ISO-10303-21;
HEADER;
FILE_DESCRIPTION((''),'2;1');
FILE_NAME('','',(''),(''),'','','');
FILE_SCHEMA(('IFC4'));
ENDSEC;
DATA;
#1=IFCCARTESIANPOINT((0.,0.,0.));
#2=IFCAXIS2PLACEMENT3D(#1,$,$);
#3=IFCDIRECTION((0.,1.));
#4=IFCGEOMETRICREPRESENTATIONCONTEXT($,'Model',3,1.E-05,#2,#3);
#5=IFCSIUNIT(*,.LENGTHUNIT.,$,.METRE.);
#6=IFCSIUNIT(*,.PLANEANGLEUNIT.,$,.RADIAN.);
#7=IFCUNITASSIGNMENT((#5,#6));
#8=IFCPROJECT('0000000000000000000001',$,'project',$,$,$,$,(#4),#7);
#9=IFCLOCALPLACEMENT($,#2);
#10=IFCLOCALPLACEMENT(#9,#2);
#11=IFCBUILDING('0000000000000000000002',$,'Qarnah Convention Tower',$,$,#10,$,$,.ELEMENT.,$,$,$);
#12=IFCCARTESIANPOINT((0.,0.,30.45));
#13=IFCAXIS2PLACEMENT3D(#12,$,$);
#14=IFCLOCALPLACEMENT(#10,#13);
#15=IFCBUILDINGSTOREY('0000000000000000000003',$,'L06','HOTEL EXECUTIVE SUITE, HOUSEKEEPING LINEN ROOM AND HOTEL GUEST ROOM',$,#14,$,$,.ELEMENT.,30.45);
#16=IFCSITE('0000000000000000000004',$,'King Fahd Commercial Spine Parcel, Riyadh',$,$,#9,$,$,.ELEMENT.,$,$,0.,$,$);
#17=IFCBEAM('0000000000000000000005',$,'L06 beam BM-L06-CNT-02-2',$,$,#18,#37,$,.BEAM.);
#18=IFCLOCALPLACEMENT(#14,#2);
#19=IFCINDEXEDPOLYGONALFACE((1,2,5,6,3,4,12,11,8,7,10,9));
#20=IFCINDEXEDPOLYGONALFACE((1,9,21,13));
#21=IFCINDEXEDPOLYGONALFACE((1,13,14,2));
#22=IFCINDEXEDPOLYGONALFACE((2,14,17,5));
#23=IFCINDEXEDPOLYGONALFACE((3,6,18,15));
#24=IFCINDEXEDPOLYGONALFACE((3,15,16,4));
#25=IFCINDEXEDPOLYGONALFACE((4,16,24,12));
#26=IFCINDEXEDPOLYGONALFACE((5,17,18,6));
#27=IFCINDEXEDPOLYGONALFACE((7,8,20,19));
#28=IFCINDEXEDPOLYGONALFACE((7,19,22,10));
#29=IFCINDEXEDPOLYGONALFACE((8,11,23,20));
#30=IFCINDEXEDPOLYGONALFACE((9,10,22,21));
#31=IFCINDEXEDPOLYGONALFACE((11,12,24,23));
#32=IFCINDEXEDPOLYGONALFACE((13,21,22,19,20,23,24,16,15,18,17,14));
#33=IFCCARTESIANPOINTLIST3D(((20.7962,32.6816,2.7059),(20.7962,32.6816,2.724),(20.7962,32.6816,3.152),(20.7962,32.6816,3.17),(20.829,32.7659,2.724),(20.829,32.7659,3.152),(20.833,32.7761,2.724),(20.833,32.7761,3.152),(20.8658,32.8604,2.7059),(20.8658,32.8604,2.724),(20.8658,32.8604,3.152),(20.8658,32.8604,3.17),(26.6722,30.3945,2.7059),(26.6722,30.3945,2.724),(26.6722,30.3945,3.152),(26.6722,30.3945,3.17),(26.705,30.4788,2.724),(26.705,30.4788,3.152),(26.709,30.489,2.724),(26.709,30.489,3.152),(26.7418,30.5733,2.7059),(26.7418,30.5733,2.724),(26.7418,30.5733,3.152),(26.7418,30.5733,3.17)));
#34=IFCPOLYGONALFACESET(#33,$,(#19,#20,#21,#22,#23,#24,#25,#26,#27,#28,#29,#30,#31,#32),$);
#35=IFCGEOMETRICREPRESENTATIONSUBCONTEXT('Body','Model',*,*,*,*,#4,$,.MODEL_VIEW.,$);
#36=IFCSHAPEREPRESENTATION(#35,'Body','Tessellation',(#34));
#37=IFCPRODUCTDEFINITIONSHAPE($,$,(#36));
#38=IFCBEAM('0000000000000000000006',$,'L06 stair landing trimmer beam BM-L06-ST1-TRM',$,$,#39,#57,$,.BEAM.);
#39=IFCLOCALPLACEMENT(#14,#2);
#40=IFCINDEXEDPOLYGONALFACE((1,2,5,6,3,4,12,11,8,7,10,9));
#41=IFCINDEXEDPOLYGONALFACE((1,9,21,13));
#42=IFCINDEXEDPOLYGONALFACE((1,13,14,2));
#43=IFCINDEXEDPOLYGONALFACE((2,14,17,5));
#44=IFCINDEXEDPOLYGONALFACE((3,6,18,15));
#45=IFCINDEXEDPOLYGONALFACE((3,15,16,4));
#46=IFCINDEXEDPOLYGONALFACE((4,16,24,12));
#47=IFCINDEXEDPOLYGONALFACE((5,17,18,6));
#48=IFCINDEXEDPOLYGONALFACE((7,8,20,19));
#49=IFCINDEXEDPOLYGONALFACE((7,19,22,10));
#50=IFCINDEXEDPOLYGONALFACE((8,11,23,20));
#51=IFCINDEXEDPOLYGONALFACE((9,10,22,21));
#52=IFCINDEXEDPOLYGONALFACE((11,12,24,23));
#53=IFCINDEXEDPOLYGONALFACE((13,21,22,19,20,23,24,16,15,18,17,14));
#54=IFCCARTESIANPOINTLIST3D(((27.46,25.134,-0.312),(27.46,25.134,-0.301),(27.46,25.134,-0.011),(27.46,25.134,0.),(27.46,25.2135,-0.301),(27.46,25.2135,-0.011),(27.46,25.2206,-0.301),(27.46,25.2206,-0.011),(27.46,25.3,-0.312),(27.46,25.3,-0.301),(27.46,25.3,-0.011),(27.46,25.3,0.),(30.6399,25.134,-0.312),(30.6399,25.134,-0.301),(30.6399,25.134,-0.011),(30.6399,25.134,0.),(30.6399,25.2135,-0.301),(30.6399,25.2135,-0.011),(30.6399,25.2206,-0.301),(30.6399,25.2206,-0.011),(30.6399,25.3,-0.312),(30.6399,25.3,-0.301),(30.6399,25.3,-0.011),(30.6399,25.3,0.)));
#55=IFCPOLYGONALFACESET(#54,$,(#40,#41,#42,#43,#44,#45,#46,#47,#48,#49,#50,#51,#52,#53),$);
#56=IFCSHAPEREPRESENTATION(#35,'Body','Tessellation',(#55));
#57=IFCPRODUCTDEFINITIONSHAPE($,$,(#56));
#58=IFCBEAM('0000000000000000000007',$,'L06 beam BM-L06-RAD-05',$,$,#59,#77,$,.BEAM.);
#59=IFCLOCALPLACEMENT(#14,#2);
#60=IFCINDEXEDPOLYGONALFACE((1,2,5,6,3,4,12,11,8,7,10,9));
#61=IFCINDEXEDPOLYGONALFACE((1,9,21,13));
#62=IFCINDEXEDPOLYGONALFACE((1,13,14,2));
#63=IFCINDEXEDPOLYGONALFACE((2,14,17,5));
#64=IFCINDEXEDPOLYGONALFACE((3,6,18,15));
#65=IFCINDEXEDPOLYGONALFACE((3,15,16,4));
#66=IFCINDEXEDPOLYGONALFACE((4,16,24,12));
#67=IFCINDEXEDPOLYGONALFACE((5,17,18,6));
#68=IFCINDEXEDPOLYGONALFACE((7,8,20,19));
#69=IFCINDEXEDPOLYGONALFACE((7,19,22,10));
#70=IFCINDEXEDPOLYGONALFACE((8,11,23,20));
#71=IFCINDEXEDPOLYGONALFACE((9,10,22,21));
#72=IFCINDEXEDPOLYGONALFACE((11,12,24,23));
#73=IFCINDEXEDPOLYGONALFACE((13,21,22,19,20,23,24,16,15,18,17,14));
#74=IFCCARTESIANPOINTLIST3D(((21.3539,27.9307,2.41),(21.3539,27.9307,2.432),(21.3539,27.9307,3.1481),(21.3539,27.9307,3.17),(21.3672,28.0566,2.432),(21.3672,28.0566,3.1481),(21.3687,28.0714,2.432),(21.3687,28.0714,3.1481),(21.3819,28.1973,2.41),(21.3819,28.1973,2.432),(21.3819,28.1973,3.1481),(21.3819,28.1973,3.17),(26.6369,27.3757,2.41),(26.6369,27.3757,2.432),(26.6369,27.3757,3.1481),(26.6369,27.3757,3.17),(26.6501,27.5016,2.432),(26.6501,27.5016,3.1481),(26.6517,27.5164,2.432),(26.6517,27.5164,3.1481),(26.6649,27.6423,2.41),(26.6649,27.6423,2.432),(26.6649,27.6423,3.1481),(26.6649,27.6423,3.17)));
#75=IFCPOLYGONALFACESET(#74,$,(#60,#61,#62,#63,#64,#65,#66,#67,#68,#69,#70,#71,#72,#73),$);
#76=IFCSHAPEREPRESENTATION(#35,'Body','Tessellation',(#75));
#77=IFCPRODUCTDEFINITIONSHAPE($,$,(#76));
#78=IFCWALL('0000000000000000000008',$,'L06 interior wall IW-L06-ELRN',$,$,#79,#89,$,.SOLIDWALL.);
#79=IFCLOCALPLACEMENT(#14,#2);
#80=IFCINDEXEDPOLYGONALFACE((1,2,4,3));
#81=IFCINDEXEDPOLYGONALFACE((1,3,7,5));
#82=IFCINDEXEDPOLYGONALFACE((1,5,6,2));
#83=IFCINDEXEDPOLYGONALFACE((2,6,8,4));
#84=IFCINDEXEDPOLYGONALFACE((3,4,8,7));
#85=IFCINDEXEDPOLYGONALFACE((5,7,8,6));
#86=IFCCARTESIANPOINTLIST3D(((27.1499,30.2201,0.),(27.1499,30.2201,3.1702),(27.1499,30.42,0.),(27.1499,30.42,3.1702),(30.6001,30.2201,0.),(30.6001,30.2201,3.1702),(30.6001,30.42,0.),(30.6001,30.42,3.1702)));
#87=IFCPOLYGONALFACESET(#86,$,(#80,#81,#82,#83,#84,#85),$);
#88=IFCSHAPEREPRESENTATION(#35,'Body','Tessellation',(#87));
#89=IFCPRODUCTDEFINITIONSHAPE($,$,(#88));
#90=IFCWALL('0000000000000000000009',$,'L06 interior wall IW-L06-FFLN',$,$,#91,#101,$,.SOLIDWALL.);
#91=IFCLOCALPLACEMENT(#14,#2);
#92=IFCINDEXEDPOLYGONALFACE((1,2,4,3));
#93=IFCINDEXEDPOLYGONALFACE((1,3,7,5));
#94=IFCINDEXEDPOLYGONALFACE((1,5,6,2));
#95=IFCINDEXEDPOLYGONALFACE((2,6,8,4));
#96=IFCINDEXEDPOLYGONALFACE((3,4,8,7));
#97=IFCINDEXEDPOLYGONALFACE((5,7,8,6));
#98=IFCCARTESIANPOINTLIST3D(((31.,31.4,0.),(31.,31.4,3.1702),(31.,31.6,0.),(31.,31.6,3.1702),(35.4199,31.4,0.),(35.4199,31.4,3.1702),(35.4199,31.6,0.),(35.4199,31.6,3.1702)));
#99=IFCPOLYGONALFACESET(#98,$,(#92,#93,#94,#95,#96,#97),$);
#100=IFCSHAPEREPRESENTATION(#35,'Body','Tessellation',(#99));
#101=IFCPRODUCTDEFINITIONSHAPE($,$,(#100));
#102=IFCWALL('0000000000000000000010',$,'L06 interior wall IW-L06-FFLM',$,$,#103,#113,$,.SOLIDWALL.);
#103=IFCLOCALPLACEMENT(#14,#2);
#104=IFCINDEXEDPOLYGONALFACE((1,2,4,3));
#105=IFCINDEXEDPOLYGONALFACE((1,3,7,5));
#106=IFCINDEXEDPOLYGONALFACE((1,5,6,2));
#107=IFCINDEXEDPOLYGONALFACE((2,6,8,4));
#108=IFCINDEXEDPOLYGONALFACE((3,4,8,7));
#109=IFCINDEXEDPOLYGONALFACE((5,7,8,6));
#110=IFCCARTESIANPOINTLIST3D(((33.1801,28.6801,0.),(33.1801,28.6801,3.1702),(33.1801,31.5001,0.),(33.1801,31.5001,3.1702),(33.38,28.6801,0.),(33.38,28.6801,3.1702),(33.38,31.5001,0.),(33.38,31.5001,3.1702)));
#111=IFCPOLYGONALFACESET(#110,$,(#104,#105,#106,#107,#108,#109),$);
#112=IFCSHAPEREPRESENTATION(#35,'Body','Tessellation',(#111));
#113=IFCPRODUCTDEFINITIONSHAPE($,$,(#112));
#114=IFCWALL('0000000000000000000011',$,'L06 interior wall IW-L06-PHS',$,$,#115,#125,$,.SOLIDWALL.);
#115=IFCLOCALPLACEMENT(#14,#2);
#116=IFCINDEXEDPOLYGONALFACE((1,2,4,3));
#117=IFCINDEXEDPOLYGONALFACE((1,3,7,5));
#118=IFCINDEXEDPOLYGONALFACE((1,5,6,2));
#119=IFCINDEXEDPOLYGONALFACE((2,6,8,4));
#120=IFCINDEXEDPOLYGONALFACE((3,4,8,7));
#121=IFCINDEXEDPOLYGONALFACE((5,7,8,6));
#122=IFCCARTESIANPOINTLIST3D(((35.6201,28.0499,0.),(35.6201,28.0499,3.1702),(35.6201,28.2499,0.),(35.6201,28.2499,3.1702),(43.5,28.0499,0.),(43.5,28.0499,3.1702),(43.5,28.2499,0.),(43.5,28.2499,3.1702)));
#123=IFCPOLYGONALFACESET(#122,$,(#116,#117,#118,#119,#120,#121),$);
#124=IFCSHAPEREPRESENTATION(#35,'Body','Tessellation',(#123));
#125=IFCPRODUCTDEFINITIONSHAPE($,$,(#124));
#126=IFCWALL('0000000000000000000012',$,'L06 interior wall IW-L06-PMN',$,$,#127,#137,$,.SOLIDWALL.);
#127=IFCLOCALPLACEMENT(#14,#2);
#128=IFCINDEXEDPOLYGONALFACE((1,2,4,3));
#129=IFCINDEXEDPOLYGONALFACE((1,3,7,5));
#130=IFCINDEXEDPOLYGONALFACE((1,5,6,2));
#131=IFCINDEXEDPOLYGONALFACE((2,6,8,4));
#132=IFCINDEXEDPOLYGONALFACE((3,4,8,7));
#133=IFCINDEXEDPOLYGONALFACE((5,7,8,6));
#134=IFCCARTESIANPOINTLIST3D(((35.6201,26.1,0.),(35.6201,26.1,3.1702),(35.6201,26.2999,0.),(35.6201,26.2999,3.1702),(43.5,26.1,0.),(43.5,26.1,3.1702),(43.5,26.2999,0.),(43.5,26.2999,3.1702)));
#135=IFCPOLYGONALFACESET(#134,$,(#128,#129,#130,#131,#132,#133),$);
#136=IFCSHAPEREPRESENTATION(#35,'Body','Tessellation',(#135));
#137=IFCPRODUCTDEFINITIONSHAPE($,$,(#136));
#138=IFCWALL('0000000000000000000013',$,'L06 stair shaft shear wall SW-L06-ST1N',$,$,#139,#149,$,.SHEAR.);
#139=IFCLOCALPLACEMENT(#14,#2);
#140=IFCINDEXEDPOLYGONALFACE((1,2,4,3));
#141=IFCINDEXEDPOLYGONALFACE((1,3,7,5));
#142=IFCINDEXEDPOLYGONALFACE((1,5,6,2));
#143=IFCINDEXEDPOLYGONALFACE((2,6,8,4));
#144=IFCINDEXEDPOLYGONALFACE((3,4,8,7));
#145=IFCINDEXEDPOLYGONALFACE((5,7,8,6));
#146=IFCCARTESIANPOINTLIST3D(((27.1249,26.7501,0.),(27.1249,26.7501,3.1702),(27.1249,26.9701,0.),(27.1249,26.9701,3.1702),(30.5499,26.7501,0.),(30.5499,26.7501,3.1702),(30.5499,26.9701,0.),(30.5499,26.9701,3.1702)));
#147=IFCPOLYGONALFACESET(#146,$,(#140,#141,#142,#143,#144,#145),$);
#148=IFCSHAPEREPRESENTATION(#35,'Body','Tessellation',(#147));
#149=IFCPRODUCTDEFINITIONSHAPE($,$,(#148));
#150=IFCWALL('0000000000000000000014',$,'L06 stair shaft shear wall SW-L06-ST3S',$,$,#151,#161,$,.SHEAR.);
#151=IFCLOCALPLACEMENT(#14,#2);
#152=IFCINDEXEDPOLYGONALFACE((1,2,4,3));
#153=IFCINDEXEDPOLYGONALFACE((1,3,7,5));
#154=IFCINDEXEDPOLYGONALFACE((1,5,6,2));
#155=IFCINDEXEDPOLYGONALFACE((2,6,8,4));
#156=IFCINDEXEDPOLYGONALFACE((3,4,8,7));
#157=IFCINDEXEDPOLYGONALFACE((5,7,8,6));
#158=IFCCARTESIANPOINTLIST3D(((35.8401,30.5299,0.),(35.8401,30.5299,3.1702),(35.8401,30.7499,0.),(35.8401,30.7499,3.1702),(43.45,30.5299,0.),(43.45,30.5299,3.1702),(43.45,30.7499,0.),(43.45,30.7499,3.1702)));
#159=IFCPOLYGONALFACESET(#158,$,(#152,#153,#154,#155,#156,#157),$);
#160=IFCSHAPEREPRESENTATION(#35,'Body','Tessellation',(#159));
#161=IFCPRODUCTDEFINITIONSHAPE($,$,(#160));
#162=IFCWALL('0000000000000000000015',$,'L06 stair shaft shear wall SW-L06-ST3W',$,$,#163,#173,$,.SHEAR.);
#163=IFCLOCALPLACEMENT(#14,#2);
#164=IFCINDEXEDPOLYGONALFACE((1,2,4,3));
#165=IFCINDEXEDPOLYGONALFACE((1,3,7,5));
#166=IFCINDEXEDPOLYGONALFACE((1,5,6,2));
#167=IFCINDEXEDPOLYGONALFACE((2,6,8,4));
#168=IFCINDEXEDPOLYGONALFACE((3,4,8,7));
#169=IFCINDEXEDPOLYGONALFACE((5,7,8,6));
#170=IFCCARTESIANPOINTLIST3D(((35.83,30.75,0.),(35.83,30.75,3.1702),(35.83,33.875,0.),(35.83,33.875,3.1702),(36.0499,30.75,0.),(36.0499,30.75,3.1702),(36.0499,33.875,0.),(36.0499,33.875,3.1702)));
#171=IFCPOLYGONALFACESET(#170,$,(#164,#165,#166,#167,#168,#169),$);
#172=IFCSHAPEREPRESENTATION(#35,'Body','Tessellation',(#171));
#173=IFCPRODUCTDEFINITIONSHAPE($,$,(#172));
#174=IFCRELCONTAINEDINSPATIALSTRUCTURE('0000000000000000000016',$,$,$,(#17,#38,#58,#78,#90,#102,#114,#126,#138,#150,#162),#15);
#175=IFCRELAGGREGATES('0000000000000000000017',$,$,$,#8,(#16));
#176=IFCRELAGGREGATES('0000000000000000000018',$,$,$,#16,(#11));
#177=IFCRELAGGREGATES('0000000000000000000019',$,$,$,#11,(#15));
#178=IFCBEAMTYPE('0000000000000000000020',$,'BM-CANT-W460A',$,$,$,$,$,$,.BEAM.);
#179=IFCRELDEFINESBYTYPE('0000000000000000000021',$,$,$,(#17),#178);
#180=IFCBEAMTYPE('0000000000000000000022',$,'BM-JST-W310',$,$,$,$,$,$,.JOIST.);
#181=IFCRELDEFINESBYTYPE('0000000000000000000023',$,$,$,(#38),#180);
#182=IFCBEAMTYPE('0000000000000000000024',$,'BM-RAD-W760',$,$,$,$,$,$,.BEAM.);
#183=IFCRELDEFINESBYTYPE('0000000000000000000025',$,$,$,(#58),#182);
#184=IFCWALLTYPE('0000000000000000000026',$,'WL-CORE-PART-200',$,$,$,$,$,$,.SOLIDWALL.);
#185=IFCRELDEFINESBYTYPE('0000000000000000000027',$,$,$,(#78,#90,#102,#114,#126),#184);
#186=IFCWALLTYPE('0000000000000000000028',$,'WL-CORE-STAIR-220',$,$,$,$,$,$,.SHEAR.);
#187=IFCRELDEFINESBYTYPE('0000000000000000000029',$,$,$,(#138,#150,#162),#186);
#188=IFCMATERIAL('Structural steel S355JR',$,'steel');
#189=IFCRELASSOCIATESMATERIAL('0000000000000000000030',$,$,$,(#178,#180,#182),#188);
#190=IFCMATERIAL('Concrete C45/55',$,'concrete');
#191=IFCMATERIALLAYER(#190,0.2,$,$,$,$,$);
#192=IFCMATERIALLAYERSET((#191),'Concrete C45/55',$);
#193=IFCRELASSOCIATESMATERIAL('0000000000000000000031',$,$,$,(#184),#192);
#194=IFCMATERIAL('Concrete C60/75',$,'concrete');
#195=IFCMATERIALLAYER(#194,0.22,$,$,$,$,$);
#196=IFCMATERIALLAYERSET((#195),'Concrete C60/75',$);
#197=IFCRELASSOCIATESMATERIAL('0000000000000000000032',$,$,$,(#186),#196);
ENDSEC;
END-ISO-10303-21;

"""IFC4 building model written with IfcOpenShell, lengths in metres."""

from ifc_helpers import new_model, si_unit, direction, frame, frame_2d, origin, origin_2d, place, context, subcontext, project, spatial, rectangle, i_section, extrude, material, layer, layer_set, material_profile, profile_set, type_object, element, save


model = new_model("IFC4")

# Units and contexts
model_context = context("Model", 3, precision=1e-05, world=origin(), true_north=direction((0.0, 1.0)))
body_context = subcontext(model_context, "Body", "Model", "MODEL_VIEW")
ifc_project = project(units=[si_unit("LENGTHUNIT", "METRE"), si_unit("PLANEANGLEUNIT", "RADIAN")], contexts=[model_context])

# Site, building, storey
site_placement = place(None, origin())
site = spatial("IfcSite", under=ifc_project, at=site_placement, Name="King Fahd Commercial Spine Parcel, Riyadh", CompositionType="ELEMENT", RefElevation=0.0)
building_placement = place(site_placement, origin())
building = spatial("IfcBuilding", under=site, at=building_placement, Name="Qarnah Convention Tower", CompositionType="ELEMENT")
storey_placement = place(building_placement, frame((0.0, 0.0, 30.45)))
storey = spatial("IfcBuildingStorey", under=building, at=storey_placement, Name="L06", Description="HOTEL EXECUTIVE SUITE, HOUSEKEEPING LINEN ROOM AND HOTEL GUEST ROOM", CompositionType="ELEMENT", Elevation=30.45)

# Beams
ifc_material_1 = material(Name="Structural steel S355JR", Category="steel")
ifc_material_profile_1 = material_profile(ifc_material_1, i_section(OverallWidth=0.1919, OverallDepth=0.4641, WebThickness=0.011, FlangeThickness=0.0181, at=origin_2d()), Name="W460X89")
ifc_profile_set_1 = profile_set([ifc_material_profile_1], Name="Structural steel S355JR")
beam_type_1 = type_object("IfcBeamType", Name="BM-CANT-W460A", PredefinedType="BEAM", material=ifc_profile_set_1)
beam_1_placement = place(storey_placement, frame((26.707, 30.4839, 2.938), z_axis=(-0.931897, 0.362723, 0.0), x_axis=(-0.362723, -0.931897, 0.0)))
element("IfcBeam", 1, at=beam_1_placement, inside=storey, type_object=beam_type_1, Name="L06 beam BM-L06-CNT-02-2", PredefinedType="BEAM", context=body_context, shape_type="SweptSolid", body=[
    extrude(i_section(OverallWidth=0.1919, OverallDepth=0.4641, WebThickness=0.011, FlangeThickness=0.0181, at=origin_2d()), origin(), (0.0, 0.0, 1.0), 6.3054),
])
ifc_material_profile_2 = material_profile(ifc_material_1, i_section(OverallWidth=0.166, OverallDepth=0.312, WebThickness=0.0071, FlangeThickness=0.011, at=origin_2d()), Name="W310X45")
ifc_profile_set_2 = profile_set([ifc_material_profile_2], Name="Structural steel S355JR")
beam_type_2 = type_object("IfcBeamType", Name="BM-JST-W310", PredefinedType="JOIST", material=ifc_profile_set_2)
beam_2_placement = place(storey_placement, frame((27.46, 25.217, -0.156), z_axis=(1.0, 0.0, 0.0), x_axis=(0.0, 1.0, 0.0)))
element("IfcBeam", 2, at=beam_2_placement, inside=storey, type_object=beam_type_2, Name="L06 stair landing trimmer beam BM-L06-ST1-TRM", PredefinedType="BEAM", context=body_context, shape_type="SweptSolid", body=[
    extrude(i_section(OverallWidth=0.166, OverallDepth=0.312, WebThickness=0.0071, FlangeThickness=0.011, at=origin_2d()), origin(), (0.0, 0.0, 1.0), 3.1799),
])
ifc_material_profile_3 = material_profile(ifc_material_1, i_section(OverallWidth=0.2681, OverallDepth=0.76, WebThickness=0.0149, FlangeThickness=0.022, at=origin_2d()), Name="W760X185")
ifc_profile_set_3 = profile_set([ifc_material_profile_3], Name="Structural steel S355JR")
beam_type_3 = type_object("IfcBeamType", Name="BM-RAD-W760", PredefinedType="BEAM", material=ifc_profile_set_3)
beam_3_placement = place(storey_placement, frame((26.6509, 27.509, 2.79), z_axis=(-0.994528, 0.104467, 0.0), x_axis=(-0.104467, -0.994528, 0.0)))
element("IfcBeam", 3, at=beam_3_placement, inside=storey, type_object=beam_type_3, Name="L06 beam BM-L06-RAD-05", PredefinedType="BEAM", context=body_context, shape_type="SweptSolid", body=[
    extrude(i_section(OverallWidth=0.2681, OverallDepth=0.76, WebThickness=0.0149, FlangeThickness=0.022, at=origin_2d()), origin(), (0.0, 0.0, 1.0), 5.312),
])

# Wall
ifc_material_2 = material(Name="Concrete C45/55", Category="concrete")
ifc_layer_1 = layer(ifc_material_2, 0.2)
ifc_layer_set_1 = layer_set([ifc_layer_1], Name="Concrete C45/55")
wall_type_1 = type_object("IfcWallType", Name="WL-CORE-PART-200", PredefinedType="SOLIDWALL", material=ifc_layer_set_1)
wall_1_placement = place(storey_placement, frame((27.1499, 30.3201, 0.0), z_axis=(0.0, 0.0, 1.0), x_axis=(1.0, 0.0, 0.0)))
element("IfcWall", 4, at=wall_1_placement, inside=storey, type_object=wall_type_1, Name="L06 interior wall IW-L06-ELRN", PredefinedType="SOLIDWALL", context=body_context, shape_type="SweptSolid", body=[
    extrude(rectangle(XDim=3.4502, YDim=0.2, at=frame_2d((1.7251, 0.0))), origin(), (0.0, 0.0, 1.0), 3.1702),
])

# Walls
wall_2_placement = place(storey_placement, frame((31.0, 31.5, 0.0), z_axis=(0.0, 0.0, 1.0), x_axis=(1.0, 0.0, 0.0)))
element("IfcWall", 5, at=wall_2_placement, inside=storey, type_object=wall_type_1, Name="L06 interior wall IW-L06-FFLN", PredefinedType="SOLIDWALL", context=body_context, shape_type="SweptSolid", body=[
    extrude(rectangle(XDim=4.4199, YDim=0.2, at=frame_2d((2.21, 0.0))), origin(), (0.0, 0.0, 1.0), 3.1702),
])
wall_3_placement = place(storey_placement, frame((33.28, 28.6799, 0.0), z_axis=(0.0, 0.0, 1.0), x_axis=(0.0, 1.0, 0.0)))
element("IfcWall", 6, at=wall_3_placement, inside=storey, type_object=wall_type_1, Name="L06 interior wall IW-L06-FFLM", PredefinedType="SOLIDWALL", context=body_context, shape_type="SweptSolid", body=[
    extrude(rectangle(XDim=2.8201, YDim=0.2, at=frame_2d((1.4102, 0.0))), origin(), (0.0, 0.0, 1.0), 3.1702),
])
for number, where, z_axis, x_axis, name in (
    (7, (35.6201, 28.1499, 0.0), (0.0, 0.0, 1.0), (1.0, 0.0, 0.0), "L06 interior wall IW-L06-PHS"),
    (8, (35.6201, 26.2, 0.0), (0.0, 0.0, 1.0), (1.0, 0.0, 0.0), "L06 interior wall IW-L06-PMN"),
):
    element("IfcWall", number, at=place(storey_placement, frame(where, z_axis=z_axis, x_axis=x_axis)), inside=storey, type_object=wall_type_1, Name=name, PredefinedType="SOLIDWALL", context=body_context, shape_type="SweptSolid", body=[
        extrude(rectangle(XDim=7.8799, YDim=0.2, at=frame_2d((3.9399, 0.0))), origin(), (0.0, 0.0, 1.0), 3.1702),
    ])
ifc_material_3 = material(Name="Concrete C60/75", Category="concrete")
ifc_layer_2 = layer(ifc_material_3, 0.22)
ifc_layer_set_2 = layer_set([ifc_layer_2], Name="Concrete C60/75")
wall_type_2 = type_object("IfcWallType", Name="WL-CORE-STAIR-220", PredefinedType="SHEAR", material=ifc_layer_set_2)
wall_4_placement = place(storey_placement, frame((27.125, 26.8601, 0.0), z_axis=(0.0, 0.0, 1.0), x_axis=(1.0, 0.0, 0.0)))
element("IfcWall", 9, at=wall_4_placement, inside=storey, type_object=wall_type_2, Name="L06 stair shaft shear wall SW-L06-ST1N", PredefinedType="SHEAR", context=body_context, shape_type="SweptSolid", body=[
    extrude(rectangle(XDim=3.425, YDim=0.22, at=frame_2d((1.7124, 0.0))), origin(), (0.0, 0.0, 1.0), 3.1702),
])
wall_5_placement = place(storey_placement, frame((35.8401, 30.6399, 0.0), z_axis=(0.0, 0.0, 1.0), x_axis=(1.0, 0.0, 0.0)))
element("IfcWall", 10, at=wall_5_placement, inside=storey, type_object=wall_type_2, Name="L06 stair shaft shear wall SW-L06-ST3S", PredefinedType="SHEAR", context=body_context, shape_type="SweptSolid", body=[
    extrude(rectangle(XDim=7.6099, YDim=0.22, at=frame_2d((3.8049, 0.0))), origin(), (0.0, 0.0, 1.0), 3.1702),
])
wall_6_placement = place(storey_placement, frame((35.9399, 30.75, 0.0), z_axis=(0.0, 0.0, 1.0), x_axis=(0.0, 1.0, 0.0)))
element("IfcWall", 11, at=wall_6_placement, inside=storey, type_object=wall_type_2, Name="L06 stair shaft shear wall SW-L06-ST3W", PredefinedType="SHEAR", context=body_context, shape_type="SweptSolid", body=[
    extrude(rectangle(XDim=3.125, YDim=0.22, at=frame_2d((1.5625, 0.0))), origin(), (0.0, 0.0, 1.0), 3.1702),
])

save(model, "model.ifc")
